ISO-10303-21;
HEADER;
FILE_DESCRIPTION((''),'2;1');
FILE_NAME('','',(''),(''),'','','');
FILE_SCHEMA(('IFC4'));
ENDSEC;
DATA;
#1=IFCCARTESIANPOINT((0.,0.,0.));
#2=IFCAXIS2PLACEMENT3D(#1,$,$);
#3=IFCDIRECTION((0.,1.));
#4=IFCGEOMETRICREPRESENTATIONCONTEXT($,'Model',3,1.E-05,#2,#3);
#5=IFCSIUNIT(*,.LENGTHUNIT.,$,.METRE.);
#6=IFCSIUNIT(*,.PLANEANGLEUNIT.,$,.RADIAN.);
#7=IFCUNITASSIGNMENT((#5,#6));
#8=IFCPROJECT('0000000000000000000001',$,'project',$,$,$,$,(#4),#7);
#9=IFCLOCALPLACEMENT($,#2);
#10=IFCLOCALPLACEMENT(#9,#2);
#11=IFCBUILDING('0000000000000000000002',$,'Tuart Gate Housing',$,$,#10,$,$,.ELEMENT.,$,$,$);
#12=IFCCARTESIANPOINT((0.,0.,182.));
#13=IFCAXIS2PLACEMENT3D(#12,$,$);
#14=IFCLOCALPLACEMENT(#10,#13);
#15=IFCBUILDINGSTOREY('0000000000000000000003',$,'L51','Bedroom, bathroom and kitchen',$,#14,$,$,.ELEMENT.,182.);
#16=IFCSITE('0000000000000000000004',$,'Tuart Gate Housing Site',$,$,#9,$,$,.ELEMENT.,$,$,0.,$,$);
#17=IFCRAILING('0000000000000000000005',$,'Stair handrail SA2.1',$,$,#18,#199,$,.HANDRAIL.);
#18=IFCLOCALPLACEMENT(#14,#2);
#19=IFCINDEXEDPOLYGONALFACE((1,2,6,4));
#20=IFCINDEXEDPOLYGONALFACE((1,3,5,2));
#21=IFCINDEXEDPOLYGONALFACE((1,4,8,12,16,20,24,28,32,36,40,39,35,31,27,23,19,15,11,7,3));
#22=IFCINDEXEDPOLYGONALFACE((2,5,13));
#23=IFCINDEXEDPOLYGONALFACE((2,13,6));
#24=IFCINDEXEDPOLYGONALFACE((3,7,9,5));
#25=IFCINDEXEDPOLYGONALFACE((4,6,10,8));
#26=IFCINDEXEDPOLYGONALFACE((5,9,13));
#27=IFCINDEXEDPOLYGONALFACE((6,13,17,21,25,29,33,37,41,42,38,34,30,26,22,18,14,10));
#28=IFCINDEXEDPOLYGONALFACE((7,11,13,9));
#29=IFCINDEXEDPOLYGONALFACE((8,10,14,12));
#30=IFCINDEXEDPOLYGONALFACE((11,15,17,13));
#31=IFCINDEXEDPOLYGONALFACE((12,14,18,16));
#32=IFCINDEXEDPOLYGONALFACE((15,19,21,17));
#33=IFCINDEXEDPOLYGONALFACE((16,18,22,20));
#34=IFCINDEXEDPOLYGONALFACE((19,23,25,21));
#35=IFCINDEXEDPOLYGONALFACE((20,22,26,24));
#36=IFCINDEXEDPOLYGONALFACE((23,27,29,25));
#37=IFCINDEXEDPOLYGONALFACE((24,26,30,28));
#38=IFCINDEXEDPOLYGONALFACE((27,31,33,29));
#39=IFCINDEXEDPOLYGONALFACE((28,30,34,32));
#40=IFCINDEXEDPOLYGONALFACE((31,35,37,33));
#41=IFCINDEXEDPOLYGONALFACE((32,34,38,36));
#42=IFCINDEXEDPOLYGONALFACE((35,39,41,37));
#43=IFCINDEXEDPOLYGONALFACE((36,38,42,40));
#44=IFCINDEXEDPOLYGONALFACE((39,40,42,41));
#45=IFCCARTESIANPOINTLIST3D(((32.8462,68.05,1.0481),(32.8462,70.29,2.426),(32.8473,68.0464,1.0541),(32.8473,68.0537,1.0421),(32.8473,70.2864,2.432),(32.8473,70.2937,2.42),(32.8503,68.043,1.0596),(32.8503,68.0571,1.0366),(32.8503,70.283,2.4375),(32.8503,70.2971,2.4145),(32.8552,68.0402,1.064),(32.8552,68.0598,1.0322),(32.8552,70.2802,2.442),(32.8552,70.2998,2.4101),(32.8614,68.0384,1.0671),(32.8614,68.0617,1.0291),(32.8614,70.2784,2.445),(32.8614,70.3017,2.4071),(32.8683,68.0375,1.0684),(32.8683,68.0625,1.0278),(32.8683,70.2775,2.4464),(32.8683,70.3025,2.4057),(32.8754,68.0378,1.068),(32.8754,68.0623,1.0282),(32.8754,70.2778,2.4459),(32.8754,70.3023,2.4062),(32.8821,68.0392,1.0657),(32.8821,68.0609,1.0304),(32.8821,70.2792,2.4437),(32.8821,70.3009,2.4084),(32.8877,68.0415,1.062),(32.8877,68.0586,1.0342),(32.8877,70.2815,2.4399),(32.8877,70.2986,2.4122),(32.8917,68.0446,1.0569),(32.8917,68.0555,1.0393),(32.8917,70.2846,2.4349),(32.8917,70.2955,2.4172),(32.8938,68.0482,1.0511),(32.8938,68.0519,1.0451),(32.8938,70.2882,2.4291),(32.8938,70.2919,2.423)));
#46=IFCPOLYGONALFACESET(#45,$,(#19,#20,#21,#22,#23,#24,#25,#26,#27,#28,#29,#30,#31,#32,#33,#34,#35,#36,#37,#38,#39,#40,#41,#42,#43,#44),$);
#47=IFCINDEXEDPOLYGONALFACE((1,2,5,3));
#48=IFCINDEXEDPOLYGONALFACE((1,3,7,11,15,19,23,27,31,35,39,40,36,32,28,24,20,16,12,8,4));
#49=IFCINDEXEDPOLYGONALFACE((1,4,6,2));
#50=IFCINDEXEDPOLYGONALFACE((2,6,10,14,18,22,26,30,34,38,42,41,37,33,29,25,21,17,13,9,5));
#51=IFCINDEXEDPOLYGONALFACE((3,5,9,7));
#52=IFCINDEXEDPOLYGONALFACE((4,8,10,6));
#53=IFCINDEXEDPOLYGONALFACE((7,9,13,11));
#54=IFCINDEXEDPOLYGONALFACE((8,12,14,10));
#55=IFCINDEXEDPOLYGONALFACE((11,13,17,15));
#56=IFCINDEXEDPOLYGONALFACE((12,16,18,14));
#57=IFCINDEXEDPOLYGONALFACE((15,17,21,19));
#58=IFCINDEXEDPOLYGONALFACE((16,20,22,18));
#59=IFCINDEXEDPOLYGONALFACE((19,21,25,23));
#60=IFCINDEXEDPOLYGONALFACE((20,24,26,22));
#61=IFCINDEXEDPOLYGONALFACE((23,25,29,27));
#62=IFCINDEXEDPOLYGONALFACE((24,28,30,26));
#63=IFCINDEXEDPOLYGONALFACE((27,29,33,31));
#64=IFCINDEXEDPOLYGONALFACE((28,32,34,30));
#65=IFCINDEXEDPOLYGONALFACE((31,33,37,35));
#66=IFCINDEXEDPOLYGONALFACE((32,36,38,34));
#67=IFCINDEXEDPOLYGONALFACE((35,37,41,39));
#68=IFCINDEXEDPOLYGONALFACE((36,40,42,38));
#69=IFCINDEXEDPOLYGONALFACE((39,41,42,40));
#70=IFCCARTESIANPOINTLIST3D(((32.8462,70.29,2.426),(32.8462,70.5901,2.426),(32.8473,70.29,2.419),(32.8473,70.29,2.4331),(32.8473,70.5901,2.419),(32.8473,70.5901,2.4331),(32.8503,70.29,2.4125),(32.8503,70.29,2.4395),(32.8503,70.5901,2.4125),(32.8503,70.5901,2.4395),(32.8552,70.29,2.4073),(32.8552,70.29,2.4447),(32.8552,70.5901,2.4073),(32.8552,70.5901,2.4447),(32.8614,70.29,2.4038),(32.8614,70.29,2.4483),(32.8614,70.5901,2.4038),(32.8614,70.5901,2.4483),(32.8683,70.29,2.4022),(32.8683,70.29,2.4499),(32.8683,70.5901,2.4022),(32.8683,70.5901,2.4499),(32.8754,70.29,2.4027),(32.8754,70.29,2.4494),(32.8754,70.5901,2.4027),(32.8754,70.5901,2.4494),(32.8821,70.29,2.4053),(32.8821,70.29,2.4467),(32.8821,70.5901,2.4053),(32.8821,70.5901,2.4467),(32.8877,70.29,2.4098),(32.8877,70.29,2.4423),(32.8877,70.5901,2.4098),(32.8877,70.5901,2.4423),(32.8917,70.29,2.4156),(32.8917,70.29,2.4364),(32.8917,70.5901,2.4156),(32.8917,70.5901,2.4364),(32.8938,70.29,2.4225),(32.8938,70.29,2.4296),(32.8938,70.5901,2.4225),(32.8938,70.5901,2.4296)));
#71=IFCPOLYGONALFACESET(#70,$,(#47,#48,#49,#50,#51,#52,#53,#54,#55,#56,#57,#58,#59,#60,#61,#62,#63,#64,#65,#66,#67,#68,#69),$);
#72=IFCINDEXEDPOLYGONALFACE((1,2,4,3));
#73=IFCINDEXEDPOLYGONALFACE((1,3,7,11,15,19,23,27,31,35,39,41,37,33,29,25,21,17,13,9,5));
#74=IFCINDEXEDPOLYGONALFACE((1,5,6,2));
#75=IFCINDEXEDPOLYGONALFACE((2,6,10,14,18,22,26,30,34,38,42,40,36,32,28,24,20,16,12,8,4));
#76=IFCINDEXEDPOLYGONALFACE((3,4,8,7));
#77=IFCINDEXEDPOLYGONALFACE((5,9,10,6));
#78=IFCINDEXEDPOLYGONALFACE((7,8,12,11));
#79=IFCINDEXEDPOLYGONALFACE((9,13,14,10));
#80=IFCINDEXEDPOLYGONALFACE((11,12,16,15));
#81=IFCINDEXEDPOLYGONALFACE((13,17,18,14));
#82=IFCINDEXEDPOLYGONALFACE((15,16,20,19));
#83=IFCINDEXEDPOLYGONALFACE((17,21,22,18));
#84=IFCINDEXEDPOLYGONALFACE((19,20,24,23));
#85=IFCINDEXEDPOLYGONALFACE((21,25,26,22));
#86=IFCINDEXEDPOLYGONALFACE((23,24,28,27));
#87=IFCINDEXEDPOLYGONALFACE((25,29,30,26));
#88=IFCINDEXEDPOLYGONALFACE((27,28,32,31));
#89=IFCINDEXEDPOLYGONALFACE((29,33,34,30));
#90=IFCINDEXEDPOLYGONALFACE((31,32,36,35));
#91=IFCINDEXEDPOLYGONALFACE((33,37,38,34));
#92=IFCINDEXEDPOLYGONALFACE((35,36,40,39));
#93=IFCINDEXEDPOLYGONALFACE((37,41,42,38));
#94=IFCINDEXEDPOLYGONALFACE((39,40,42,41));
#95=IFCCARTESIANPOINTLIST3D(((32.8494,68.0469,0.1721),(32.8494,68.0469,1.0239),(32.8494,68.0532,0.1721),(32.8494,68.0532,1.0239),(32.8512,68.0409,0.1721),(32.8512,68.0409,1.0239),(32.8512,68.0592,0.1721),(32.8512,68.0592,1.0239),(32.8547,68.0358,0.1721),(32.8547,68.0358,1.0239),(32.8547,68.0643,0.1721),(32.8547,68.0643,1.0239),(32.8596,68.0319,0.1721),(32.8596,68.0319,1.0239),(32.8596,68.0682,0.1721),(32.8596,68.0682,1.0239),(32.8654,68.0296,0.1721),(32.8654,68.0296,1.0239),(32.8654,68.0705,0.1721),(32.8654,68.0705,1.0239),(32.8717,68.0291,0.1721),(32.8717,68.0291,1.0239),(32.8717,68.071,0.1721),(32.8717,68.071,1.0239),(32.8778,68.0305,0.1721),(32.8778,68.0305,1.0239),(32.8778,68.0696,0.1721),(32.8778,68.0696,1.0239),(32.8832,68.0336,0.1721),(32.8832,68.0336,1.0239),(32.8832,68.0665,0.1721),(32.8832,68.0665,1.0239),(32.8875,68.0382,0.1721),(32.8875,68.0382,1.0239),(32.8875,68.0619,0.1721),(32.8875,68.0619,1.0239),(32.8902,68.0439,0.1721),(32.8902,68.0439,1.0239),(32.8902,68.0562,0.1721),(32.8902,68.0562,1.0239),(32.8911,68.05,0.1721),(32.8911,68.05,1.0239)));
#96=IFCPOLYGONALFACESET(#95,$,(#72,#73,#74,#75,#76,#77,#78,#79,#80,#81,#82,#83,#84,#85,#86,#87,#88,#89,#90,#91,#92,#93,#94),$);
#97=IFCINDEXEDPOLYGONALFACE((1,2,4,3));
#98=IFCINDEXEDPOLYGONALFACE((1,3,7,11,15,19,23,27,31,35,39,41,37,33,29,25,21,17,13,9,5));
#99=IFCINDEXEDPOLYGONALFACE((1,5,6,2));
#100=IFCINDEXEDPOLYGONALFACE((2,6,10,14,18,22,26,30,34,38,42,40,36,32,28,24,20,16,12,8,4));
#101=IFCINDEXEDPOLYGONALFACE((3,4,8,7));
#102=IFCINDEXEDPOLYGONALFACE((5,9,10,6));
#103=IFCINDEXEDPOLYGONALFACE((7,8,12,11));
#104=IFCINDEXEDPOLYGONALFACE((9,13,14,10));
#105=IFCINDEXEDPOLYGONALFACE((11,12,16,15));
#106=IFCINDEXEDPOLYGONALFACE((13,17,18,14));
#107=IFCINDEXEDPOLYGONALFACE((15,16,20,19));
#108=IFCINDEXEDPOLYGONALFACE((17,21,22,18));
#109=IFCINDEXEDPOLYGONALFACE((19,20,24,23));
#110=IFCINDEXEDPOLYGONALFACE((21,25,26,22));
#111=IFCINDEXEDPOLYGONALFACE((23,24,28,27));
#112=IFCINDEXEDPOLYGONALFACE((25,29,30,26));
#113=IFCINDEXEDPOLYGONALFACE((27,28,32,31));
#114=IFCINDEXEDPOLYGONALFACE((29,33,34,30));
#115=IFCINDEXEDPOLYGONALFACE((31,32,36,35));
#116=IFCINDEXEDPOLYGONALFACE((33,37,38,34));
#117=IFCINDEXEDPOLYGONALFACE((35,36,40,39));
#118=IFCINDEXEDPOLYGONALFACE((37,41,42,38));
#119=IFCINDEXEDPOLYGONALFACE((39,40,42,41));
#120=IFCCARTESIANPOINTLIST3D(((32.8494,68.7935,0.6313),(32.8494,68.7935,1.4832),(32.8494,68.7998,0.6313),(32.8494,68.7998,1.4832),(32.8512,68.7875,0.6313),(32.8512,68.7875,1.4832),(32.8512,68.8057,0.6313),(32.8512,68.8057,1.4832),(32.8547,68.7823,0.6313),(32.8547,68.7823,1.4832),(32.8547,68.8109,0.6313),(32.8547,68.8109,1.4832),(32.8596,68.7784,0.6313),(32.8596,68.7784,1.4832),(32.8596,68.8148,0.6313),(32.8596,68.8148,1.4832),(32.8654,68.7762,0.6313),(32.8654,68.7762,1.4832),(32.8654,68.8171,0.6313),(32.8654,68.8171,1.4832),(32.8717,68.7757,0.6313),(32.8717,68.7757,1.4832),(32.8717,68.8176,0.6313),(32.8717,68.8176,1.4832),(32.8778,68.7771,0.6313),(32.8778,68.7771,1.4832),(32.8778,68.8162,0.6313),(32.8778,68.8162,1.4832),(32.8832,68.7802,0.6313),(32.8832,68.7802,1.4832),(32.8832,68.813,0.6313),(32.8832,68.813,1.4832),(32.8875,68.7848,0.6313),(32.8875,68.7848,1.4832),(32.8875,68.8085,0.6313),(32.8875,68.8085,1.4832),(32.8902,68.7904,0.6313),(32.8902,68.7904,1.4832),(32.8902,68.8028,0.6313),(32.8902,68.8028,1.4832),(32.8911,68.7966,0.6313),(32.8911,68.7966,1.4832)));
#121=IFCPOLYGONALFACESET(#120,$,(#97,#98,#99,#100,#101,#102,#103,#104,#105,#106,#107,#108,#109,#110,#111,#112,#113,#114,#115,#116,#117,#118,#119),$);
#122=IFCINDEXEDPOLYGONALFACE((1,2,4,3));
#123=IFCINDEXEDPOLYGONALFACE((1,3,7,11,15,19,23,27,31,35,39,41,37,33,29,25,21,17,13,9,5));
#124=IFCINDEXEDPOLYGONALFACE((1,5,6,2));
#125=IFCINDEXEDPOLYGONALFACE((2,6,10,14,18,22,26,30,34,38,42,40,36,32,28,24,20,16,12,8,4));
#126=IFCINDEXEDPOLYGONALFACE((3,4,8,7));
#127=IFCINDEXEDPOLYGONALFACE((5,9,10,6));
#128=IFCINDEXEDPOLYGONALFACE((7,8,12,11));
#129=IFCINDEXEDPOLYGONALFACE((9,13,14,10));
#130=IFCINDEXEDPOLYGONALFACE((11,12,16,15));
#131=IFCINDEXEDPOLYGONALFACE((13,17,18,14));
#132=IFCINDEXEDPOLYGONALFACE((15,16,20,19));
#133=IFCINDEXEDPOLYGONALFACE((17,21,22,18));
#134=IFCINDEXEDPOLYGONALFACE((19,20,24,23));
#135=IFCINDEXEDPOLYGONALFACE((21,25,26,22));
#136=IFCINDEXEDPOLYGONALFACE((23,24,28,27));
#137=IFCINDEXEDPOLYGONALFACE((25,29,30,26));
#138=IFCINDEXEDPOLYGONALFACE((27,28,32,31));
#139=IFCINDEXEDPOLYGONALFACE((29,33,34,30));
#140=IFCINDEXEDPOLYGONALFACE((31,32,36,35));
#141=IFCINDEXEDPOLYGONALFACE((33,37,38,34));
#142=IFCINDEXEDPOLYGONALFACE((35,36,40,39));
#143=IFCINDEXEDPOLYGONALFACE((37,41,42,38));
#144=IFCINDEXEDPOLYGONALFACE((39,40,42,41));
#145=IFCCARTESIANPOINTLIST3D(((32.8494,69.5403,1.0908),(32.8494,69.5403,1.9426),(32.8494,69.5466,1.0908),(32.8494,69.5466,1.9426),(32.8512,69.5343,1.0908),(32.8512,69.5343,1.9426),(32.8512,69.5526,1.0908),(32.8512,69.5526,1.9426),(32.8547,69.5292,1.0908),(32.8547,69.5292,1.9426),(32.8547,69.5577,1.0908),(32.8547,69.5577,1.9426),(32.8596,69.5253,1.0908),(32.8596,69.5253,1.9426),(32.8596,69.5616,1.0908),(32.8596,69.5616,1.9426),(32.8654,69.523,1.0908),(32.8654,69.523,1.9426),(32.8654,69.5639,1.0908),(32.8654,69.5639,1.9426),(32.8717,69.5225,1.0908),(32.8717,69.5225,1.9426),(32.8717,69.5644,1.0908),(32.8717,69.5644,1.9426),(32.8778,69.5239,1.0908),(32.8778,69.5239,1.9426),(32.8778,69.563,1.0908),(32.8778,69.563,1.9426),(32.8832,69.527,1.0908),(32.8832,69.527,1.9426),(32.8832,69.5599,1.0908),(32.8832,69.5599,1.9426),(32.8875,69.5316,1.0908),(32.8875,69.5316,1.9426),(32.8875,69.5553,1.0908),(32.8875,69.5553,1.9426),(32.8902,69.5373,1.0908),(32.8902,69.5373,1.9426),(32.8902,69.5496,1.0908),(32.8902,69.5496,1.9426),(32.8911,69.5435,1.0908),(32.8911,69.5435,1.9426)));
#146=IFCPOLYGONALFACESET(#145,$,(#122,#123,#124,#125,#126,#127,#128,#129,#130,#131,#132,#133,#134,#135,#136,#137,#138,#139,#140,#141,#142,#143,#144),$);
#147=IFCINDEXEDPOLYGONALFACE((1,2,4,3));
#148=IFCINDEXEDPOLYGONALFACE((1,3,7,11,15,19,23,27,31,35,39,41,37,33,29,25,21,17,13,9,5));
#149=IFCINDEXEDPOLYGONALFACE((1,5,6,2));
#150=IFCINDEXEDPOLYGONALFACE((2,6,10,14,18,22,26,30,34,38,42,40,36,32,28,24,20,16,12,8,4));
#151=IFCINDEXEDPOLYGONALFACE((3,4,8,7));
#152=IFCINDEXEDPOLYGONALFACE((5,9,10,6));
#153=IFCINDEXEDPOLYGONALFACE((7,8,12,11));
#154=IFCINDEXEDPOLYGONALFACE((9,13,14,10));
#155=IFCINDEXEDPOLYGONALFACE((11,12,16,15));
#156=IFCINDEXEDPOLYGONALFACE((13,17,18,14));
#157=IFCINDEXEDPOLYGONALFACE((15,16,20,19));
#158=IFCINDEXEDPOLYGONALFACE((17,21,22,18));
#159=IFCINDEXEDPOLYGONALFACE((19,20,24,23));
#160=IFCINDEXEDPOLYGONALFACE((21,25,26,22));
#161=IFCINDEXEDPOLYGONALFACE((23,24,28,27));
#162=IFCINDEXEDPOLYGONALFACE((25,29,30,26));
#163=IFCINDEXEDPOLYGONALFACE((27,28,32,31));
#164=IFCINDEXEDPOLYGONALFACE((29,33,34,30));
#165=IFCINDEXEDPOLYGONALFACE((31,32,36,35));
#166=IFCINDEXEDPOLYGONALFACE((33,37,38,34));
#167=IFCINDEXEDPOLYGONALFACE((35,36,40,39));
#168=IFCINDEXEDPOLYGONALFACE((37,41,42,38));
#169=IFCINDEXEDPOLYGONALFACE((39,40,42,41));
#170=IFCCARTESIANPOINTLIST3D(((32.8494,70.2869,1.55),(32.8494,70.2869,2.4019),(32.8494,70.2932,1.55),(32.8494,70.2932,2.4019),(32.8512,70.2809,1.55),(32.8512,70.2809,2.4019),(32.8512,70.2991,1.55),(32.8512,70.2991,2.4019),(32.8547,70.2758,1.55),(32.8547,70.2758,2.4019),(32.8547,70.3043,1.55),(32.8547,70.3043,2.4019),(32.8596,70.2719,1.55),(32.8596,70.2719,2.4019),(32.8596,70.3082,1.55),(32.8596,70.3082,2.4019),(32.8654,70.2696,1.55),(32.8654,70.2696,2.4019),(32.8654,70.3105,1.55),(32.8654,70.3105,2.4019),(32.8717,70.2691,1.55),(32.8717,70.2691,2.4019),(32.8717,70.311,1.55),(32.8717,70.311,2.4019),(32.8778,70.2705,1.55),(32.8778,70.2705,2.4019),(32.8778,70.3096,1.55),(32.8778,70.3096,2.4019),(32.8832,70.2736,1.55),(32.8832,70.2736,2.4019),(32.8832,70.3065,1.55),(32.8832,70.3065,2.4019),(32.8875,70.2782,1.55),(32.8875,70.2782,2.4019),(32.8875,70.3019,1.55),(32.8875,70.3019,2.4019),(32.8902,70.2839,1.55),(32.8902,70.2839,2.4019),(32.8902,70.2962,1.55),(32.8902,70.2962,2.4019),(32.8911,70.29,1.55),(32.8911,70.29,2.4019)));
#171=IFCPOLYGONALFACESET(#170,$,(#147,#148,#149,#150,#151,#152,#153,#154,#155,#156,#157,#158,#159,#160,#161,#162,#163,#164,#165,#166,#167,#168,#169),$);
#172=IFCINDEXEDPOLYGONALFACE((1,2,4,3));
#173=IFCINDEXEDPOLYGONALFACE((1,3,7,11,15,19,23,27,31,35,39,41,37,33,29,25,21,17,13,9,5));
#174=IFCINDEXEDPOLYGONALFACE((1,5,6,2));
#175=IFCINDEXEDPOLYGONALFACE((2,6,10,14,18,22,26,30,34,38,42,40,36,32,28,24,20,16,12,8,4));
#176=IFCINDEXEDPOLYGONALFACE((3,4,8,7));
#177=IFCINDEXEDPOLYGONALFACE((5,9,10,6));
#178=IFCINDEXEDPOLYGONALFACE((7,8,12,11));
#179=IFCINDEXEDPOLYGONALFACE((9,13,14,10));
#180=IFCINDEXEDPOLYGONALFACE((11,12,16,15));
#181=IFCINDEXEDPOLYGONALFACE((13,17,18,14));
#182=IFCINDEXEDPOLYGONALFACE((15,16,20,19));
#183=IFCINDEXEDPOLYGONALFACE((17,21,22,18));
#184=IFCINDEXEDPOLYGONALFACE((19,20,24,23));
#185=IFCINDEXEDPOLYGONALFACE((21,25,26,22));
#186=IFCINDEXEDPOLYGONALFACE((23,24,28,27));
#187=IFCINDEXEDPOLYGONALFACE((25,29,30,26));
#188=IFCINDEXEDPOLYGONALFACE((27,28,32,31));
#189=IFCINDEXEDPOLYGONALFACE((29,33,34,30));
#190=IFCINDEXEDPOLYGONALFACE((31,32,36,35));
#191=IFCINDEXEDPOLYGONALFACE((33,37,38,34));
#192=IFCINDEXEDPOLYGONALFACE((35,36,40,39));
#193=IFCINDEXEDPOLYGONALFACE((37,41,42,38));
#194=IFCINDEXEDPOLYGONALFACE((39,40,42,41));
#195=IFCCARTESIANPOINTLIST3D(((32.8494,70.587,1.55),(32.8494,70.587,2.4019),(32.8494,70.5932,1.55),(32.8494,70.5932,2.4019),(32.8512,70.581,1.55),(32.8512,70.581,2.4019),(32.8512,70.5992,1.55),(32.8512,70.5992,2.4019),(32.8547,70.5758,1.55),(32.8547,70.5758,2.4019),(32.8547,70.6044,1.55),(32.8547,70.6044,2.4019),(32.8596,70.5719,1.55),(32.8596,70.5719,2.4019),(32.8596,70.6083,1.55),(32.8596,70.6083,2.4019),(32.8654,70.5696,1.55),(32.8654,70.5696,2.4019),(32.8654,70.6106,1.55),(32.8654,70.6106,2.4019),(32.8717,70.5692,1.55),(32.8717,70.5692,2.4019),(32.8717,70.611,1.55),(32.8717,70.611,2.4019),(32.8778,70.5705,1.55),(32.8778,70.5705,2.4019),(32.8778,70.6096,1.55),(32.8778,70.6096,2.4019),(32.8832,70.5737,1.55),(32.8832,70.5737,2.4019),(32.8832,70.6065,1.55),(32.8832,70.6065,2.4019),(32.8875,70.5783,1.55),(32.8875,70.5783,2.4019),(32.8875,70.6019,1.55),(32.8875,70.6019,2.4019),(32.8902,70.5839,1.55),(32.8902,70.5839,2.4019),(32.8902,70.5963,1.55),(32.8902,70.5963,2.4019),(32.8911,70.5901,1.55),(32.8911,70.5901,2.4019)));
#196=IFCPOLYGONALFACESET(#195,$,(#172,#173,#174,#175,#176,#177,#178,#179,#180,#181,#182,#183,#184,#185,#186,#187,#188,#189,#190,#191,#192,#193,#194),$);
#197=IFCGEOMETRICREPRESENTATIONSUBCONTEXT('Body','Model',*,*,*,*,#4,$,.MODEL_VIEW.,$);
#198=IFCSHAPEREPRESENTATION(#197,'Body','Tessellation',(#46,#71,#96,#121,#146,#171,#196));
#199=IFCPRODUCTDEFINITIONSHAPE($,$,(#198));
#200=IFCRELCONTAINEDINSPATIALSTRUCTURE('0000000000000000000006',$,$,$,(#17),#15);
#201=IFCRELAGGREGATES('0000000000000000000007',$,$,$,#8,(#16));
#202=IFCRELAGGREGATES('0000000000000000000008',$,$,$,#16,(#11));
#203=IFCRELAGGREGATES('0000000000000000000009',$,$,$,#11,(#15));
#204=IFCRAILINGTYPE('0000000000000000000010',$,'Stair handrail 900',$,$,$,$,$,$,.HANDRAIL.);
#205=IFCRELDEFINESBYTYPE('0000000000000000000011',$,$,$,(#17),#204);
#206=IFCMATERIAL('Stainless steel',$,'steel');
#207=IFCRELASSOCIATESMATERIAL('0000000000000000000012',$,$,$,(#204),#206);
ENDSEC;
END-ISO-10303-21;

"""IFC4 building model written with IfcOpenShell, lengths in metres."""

from ifc_helpers import new_model, si_unit, direction, frame, origin, origin_2d, place, context, subcontext, project, spatial, circle, extrude, material, type_object, element, save


model = new_model("IFC4")

# Units and contexts
model_context = context("Model", 3, precision=1e-05, world=origin(), true_north=direction((0.0, 1.0)))
body_context = subcontext(model_context, "Body", "Model", "MODEL_VIEW")
ifc_project = project(units=[si_unit("LENGTHUNIT", "METRE"), si_unit("PLANEANGLEUNIT", "RADIAN")], contexts=[model_context])

# Site, building, storey
site_placement = place(None, origin())
site = spatial("IfcSite", under=ifc_project, at=site_placement, Name="Tuart Gate Housing Site", CompositionType="ELEMENT", RefElevation=0.0)
building_placement = place(site_placement, origin())
building = spatial("IfcBuilding", under=site, at=building_placement, Name="Tuart Gate Housing", CompositionType="ELEMENT")
storey_placement = place(building_placement, frame((0.0, 0.0, 182.0)))
storey = spatial("IfcBuildingStorey", under=building, at=storey_placement, Name="L51", Description="Bedroom, bathroom and kitchen", CompositionType="ELEMENT", Elevation=182.0)

# Railing
ifc_material_1 = material(Name="Stainless steel", Category="steel")
railing_type = type_object("IfcRailingType", Name="Stair handrail 900", PredefinedType="HANDRAIL", material=ifc_material_1)
railing_placement = place(storey_placement, frame((32.8701, 68.05, 0.1721)))
element("IfcRailing", 1, at=railing_placement, inside=storey, type_object=railing_type, Name="Stair handrail SA2.1", PredefinedType="HANDRAIL", context=body_context, shape_type="SweptSolid", body=[
    extrude(circle(Radius=0.0239, at=origin_2d()), frame((0.0, 0.0, 0.876), z_axis=(0.0, 0.851748, 0.523952), x_axis=(-1.0, 0.0, 0.0)), (0.0, 0.0, 1.0), 2.6299),
    extrude(circle(Radius=0.0239, at=origin_2d()), frame((0.0, 2.24, 2.2539), z_axis=(0.0, 1.0, 0.0), x_axis=(-1.0, 0.0, 0.0)), (0.0, 0.0, 1.0), 0.3),
    extrude(circle(Radius=0.021, at=origin_2d()), origin(), (0.0, 0.0, 1.0), 0.8518),
    extrude(circle(Radius=0.021, at=origin_2d()), frame((0.0, 0.7466, 0.4592)), (0.0, 0.0, 1.0), 0.8518),
    extrude(circle(Radius=0.021, at=origin_2d()), frame((0.0, 1.4934, 0.9187)), (0.0, 0.0, 1.0), 0.8518),
    extrude(circle(Radius=0.021, at=origin_2d()), frame((0.0, 2.24, 1.3779)), (0.0, 0.0, 1.0), 0.8518),
    extrude(circle(Radius=0.021, at=origin_2d()), frame((0.0, 2.54, 1.3779)), (0.0, 0.0, 1.0), 0.8518),
])

save(model, "model.ifc")
